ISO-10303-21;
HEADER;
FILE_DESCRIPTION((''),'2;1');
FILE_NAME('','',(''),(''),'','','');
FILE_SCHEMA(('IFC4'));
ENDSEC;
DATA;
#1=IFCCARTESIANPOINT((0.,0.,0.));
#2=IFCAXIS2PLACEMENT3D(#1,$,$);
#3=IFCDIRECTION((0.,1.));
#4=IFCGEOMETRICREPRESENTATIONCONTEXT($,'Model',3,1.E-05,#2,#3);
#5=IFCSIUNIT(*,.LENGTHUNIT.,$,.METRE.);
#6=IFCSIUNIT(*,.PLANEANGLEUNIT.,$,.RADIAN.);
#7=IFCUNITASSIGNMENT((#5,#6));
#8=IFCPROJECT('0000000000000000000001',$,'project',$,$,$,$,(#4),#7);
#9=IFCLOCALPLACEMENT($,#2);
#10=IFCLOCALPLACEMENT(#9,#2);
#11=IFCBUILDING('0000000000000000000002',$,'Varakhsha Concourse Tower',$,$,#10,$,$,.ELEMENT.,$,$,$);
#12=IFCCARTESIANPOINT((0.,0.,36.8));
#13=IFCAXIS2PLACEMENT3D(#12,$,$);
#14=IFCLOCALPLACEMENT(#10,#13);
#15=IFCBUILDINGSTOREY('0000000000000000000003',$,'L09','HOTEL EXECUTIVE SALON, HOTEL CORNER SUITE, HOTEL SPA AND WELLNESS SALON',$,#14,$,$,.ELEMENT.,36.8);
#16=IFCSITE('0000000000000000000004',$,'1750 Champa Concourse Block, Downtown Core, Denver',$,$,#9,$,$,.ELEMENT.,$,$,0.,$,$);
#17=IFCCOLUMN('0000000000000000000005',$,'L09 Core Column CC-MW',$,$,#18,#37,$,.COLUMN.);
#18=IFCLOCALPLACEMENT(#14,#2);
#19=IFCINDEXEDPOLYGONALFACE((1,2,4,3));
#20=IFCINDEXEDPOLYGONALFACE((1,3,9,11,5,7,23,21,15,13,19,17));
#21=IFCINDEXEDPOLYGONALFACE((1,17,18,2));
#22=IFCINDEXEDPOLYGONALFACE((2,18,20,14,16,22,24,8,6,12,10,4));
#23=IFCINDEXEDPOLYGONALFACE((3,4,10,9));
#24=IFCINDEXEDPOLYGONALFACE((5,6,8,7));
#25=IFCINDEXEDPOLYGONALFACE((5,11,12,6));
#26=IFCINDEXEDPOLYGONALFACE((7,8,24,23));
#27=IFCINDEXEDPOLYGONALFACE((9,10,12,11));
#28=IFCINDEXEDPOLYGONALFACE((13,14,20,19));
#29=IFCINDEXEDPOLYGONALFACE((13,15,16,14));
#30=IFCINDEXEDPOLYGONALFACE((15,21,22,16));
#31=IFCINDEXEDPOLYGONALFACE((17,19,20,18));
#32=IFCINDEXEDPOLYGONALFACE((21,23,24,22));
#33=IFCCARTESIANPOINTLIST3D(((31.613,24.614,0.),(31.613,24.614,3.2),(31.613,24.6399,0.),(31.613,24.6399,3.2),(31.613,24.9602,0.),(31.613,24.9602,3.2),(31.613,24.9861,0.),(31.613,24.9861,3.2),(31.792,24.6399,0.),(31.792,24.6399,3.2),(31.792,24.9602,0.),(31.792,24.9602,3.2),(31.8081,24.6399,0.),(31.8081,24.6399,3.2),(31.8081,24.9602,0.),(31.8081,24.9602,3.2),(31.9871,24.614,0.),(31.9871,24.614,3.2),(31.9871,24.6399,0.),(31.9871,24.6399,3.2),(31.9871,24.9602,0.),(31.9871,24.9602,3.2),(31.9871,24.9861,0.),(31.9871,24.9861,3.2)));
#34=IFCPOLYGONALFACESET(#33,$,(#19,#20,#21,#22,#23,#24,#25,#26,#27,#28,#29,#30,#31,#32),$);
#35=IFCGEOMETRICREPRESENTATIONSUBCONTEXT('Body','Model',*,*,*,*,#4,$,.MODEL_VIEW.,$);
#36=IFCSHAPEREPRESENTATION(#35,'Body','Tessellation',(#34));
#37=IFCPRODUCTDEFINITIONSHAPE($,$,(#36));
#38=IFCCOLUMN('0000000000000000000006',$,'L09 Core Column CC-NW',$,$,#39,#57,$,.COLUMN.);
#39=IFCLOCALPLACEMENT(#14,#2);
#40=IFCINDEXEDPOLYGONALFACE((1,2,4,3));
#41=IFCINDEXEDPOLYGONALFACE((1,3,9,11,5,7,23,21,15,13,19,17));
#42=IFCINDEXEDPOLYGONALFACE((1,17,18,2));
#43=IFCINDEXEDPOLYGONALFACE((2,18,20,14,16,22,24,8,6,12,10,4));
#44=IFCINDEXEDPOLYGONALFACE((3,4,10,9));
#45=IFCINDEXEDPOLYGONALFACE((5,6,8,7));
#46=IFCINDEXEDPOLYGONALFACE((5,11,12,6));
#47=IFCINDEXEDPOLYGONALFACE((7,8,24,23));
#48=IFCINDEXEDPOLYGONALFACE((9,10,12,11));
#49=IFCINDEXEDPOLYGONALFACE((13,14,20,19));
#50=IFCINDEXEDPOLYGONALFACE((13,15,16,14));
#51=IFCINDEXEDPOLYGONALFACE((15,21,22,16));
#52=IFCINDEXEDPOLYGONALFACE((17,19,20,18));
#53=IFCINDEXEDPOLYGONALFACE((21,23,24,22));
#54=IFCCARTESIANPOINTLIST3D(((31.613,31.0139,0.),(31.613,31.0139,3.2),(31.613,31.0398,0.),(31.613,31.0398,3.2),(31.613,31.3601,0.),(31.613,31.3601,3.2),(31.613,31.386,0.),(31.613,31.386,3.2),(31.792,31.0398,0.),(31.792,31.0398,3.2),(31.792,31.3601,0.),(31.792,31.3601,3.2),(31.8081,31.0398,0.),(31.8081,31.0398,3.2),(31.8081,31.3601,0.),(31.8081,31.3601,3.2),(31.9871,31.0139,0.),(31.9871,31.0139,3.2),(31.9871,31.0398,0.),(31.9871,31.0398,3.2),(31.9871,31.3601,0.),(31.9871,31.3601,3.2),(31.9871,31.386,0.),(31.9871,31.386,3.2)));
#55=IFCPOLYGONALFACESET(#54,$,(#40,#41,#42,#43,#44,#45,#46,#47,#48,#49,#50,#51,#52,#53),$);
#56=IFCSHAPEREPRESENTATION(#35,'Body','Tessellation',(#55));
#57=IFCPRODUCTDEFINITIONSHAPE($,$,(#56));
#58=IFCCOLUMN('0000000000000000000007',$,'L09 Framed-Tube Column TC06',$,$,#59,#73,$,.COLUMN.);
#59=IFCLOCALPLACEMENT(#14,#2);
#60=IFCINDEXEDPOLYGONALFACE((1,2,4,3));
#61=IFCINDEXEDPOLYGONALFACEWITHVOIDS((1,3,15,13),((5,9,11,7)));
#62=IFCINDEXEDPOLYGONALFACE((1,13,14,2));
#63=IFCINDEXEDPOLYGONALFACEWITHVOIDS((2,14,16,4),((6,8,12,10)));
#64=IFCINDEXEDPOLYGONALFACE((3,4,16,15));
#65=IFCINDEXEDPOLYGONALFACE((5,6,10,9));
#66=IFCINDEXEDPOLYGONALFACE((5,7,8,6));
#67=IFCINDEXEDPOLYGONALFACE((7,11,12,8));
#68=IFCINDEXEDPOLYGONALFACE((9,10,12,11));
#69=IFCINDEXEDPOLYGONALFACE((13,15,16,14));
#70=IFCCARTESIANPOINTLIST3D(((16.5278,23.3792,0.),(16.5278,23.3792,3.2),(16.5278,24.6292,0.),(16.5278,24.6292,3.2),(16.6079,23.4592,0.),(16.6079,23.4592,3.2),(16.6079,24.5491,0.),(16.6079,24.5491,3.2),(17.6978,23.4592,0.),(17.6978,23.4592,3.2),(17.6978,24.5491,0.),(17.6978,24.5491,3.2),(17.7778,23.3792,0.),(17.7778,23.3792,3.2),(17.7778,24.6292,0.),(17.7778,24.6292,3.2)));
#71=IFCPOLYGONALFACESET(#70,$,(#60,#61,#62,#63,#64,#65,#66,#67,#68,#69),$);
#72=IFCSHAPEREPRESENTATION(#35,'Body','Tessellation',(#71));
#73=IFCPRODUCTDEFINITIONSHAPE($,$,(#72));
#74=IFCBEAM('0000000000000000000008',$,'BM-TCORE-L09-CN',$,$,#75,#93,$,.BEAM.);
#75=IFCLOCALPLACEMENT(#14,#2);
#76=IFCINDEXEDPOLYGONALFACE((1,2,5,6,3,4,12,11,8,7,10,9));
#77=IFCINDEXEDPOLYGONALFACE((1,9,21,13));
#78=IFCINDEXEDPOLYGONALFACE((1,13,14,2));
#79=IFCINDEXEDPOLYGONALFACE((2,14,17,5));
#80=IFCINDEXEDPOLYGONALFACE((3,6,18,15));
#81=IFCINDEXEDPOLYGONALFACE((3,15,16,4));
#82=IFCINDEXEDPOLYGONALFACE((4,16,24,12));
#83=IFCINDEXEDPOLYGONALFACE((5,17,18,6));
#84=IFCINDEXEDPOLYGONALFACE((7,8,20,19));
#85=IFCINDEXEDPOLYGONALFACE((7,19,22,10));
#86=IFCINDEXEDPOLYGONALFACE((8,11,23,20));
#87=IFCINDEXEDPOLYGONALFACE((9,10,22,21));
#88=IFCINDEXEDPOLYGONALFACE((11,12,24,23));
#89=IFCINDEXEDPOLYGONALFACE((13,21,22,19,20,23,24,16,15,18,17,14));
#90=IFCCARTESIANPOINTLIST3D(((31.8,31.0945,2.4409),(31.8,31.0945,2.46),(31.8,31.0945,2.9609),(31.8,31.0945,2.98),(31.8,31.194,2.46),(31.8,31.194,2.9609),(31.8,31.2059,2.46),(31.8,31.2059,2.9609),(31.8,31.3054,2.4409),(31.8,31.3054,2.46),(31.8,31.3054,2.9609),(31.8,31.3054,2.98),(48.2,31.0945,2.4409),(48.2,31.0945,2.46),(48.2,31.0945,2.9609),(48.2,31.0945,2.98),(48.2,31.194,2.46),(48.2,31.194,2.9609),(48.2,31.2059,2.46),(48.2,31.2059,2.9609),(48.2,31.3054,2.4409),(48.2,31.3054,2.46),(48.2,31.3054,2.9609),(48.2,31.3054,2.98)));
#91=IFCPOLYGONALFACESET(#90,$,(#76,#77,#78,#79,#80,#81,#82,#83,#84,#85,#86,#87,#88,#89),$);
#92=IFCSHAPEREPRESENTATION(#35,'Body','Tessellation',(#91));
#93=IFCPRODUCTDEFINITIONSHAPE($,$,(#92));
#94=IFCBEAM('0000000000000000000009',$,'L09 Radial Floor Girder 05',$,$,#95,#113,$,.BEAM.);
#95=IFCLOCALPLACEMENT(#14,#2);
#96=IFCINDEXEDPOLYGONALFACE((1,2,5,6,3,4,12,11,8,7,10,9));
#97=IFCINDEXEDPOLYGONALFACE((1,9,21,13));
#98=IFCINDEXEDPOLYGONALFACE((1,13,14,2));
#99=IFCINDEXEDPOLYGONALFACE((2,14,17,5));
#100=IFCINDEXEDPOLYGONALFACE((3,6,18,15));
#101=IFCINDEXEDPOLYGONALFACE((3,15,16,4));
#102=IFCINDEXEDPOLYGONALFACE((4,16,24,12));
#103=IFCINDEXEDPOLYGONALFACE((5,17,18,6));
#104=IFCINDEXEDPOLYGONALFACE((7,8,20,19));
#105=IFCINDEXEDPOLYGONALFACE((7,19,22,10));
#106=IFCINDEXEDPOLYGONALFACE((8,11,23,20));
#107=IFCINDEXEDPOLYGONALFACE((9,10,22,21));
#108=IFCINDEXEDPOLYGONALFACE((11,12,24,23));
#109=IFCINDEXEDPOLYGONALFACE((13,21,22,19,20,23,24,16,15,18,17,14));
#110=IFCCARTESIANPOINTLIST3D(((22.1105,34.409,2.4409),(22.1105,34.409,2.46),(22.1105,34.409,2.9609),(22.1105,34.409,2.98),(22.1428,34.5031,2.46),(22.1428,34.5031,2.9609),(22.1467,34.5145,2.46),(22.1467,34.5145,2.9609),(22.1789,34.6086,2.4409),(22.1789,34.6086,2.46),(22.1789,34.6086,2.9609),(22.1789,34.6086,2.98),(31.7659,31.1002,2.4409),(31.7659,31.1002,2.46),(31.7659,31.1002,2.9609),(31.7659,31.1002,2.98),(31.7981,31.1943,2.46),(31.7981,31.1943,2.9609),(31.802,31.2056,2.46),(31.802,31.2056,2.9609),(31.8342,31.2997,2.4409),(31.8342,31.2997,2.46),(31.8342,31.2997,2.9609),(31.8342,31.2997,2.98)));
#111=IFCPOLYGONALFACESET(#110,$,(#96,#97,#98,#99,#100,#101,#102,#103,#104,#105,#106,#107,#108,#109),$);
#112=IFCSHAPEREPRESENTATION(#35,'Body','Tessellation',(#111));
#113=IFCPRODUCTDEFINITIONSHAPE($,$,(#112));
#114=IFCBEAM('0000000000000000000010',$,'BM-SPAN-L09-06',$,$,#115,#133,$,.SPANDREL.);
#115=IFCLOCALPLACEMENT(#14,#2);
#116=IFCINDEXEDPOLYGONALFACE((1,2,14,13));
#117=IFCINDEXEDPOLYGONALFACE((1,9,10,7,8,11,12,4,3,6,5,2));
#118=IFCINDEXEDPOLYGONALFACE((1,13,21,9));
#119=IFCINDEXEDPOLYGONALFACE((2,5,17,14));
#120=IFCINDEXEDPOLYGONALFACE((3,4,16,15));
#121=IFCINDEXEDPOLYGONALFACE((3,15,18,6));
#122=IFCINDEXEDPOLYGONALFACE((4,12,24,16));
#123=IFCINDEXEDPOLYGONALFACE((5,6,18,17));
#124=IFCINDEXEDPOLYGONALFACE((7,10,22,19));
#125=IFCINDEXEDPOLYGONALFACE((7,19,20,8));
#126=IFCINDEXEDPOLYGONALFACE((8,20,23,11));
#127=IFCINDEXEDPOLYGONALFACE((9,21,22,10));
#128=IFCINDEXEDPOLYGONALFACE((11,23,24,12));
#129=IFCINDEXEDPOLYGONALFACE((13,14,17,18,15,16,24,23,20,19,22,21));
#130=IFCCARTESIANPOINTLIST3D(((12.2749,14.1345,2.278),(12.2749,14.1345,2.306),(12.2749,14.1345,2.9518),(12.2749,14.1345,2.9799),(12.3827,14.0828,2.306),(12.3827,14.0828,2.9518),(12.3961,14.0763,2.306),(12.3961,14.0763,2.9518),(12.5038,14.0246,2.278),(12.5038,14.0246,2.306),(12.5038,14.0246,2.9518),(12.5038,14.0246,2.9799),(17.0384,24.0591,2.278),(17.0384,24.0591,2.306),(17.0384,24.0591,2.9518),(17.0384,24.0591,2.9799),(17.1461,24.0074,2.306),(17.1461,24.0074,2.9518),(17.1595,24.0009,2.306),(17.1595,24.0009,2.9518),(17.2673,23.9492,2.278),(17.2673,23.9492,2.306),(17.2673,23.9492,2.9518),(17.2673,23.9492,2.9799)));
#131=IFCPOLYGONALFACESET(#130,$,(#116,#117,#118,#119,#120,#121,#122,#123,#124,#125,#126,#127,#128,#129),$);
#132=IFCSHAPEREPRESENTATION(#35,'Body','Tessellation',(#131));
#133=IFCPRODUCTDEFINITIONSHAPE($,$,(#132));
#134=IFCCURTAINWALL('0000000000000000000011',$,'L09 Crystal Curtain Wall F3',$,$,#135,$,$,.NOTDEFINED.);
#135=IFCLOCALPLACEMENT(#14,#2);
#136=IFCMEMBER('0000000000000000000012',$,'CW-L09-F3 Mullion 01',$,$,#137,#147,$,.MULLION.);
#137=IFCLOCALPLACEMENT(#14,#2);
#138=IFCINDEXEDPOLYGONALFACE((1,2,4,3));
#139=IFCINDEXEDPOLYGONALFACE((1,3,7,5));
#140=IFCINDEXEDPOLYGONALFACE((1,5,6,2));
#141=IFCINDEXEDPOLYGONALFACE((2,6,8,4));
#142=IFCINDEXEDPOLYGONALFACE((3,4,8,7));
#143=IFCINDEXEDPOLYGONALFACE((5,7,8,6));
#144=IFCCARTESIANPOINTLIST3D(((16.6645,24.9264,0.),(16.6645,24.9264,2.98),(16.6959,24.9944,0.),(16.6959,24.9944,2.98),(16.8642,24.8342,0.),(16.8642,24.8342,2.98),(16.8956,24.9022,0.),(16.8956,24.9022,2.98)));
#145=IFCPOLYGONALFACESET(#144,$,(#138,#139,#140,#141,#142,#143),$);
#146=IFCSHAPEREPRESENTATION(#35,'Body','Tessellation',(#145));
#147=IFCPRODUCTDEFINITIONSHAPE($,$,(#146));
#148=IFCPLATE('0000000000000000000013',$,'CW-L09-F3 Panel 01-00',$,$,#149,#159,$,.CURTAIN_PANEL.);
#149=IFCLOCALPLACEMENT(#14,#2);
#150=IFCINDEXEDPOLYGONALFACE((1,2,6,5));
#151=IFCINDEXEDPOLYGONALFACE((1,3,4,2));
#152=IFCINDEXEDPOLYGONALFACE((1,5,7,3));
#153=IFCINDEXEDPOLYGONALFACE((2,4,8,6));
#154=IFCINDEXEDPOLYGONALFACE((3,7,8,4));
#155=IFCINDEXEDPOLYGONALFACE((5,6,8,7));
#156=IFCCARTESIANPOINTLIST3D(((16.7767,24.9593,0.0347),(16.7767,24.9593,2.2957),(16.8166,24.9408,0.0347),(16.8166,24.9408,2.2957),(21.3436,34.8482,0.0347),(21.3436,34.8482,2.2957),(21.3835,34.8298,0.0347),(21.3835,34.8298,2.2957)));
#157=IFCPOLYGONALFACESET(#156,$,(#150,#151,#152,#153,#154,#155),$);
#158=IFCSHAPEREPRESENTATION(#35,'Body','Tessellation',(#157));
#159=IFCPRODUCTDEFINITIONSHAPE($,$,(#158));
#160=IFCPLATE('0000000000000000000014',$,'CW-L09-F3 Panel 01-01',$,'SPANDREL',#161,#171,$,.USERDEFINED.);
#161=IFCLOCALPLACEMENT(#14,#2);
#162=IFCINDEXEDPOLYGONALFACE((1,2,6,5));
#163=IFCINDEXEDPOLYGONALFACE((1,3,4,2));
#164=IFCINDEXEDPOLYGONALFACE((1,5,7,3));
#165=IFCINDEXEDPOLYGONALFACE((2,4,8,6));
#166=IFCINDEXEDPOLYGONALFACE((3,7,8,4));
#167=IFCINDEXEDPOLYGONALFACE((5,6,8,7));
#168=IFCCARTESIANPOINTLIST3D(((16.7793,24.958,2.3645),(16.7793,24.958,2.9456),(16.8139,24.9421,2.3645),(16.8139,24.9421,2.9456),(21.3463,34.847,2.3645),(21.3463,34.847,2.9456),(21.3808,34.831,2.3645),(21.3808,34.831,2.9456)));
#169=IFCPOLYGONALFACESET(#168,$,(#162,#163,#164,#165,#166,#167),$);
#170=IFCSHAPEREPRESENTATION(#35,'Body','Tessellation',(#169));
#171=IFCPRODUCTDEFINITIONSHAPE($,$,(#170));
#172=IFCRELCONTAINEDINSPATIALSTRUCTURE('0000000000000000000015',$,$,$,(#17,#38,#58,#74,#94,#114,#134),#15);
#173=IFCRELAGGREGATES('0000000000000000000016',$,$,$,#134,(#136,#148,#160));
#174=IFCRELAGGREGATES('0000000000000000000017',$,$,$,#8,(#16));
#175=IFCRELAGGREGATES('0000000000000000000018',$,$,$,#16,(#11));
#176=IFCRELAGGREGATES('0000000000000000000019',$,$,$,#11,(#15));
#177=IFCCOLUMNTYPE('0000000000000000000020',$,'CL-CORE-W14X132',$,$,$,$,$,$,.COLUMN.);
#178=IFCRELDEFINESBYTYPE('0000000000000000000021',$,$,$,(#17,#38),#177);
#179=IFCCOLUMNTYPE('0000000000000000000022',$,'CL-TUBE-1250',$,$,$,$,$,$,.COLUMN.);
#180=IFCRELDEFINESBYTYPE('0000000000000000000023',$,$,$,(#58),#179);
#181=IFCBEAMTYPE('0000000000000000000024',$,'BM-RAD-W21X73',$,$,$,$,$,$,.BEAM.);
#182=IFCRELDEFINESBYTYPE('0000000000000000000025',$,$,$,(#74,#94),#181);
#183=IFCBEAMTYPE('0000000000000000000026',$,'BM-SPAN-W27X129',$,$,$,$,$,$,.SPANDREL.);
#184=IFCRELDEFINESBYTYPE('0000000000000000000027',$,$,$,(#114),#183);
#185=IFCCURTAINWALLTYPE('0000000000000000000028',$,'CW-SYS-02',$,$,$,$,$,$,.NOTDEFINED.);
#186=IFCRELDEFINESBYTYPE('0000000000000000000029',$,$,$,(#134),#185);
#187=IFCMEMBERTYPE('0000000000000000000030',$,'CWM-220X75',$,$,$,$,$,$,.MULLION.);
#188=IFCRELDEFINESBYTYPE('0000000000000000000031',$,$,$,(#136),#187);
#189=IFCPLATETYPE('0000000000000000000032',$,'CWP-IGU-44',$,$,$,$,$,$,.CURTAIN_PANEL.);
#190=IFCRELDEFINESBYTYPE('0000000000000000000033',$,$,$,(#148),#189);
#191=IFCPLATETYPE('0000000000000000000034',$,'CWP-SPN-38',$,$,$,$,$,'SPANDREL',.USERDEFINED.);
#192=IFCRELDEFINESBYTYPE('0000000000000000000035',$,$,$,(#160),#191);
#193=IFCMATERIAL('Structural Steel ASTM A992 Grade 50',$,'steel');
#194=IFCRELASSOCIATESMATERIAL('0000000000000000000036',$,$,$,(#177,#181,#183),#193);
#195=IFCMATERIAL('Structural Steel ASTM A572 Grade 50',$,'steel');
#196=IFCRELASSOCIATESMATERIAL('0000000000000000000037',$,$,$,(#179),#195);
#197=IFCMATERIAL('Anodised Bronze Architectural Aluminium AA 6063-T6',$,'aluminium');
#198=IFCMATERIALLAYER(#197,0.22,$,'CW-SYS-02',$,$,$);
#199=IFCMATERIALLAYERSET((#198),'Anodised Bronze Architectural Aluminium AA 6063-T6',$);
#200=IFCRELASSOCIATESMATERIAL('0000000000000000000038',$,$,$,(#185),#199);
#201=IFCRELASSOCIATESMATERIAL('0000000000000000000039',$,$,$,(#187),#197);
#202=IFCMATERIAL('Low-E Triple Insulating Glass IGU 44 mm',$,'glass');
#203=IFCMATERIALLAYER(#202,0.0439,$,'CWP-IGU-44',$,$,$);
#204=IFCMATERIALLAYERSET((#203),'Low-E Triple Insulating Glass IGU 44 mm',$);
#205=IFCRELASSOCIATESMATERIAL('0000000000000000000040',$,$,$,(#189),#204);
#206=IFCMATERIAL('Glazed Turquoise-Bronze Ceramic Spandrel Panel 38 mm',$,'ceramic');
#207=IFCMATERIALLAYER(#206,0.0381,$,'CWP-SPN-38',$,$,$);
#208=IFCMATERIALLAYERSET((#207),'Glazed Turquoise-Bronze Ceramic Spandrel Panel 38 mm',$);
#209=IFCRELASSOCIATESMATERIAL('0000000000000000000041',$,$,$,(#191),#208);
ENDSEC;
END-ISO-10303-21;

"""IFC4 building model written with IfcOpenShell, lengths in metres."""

from ifc_helpers import new_model, si_unit, direction, frame, origin, origin_2d, place, context, subcontext, project, spatial, rectangle, hollow_rectangle, i_section, extrude, source, transform, mapped, material, layer, layer_set, material_profile, profile_set, type_object, type_shapes, element, aggregate, save


model = new_model("IFC4")

# Units and contexts
model_context = context("Model", 3, precision=1e-05, world=origin(), true_north=direction((0.0, 1.0)))
body_context = subcontext(model_context, "Body", "Model", "MODEL_VIEW")
ifc_project = project(units=[si_unit("LENGTHUNIT", "METRE"), si_unit("PLANEANGLEUNIT", "RADIAN")], contexts=[model_context])

# Site, building, storey
site_placement = place(None, origin())
site = spatial("IfcSite", under=ifc_project, at=site_placement, Name="1750 Champa Concourse Block, Downtown Core, Denver", CompositionType="ELEMENT", RefElevation=0.0)
building_placement = place(site_placement, origin())
building = spatial("IfcBuilding", under=site, at=building_placement, Name="Varakhsha Concourse Tower", CompositionType="ELEMENT")
storey_placement = place(building_placement, frame((0.0, 0.0, 36.8)))
storey = spatial("IfcBuildingStorey", under=building, at=storey_placement, Name="L09", Description="HOTEL EXECUTIVE SALON, HOTEL CORNER SUITE, HOTEL SPA AND WELLNESS SALON", CompositionType="ELEMENT", Elevation=36.8)

# Columns
ifc_material_1 = material(Name="Structural Steel ASTM A992 Grade 50", Category="steel")
ifc_material_profile_1 = material_profile(ifc_material_1, i_section(OverallWidth=0.374, OverallDepth=0.3721, WebThickness=0.0161, FlangeThickness=0.0259, at=origin_2d()), Name="W14X132")
ifc_profile_set_1 = profile_set([ifc_material_profile_1], Name="Structural Steel ASTM A992 Grade 50")
column_type_1 = type_object("IfcColumnType", Name="CL-CORE-W14X132", PredefinedType="COLUMN", material=ifc_profile_set_1)
for number, where, z_axis, x_axis, name in (
    (1, (31.8, 24.8, 0.0), (0.0, 0.0, 1.0), (1.0, 0.0, 0.0), "L09 Core Column CC-MW"),
    (2, (31.8, 31.2, 0.0), (0.0, 0.0, 1.0), (1.0, 0.0, 0.0), "L09 Core Column CC-NW"),
):
    element("IfcColumn", number, at=place(storey_placement, frame(where, z_axis=z_axis, x_axis=x_axis)), inside=storey, type_object=column_type_1, Name=name, PredefinedType="COLUMN", context=body_context, shape_type="SweptSolid", body=[
        extrude(i_section(OverallWidth=0.374, OverallDepth=0.3721, WebThickness=0.0161, FlangeThickness=0.0259, at=origin_2d()), origin(), (0.0, 0.0, 1.0), 3.2),
    ])
ifc_material_2 = material(Name="Structural Steel ASTM A572 Grade 50", Category="steel")
ifc_material_profile_2 = material_profile(ifc_material_2, hollow_rectangle(XDim=1.25, YDim=1.25, WallThickness=0.0801, at=origin_2d()), Name="BOX 1250x1250x80")
ifc_profile_set_2 = profile_set([ifc_material_profile_2], Name="Structural Steel ASTM A572 Grade 50")
column_type_2 = type_object("IfcColumnType", Name="CL-TUBE-1250", PredefinedType="COLUMN", material=ifc_profile_set_2)
column_placement = place(storey_placement, frame((17.1528, 24.0042, 0.0), z_axis=(0.0, 0.0, 1.0), x_axis=(1.0, 0.0, 0.0)))
element("IfcColumn", 3, at=column_placement, inside=storey, type_object=column_type_2, Name="L09 Framed-Tube Column TC06", PredefinedType="COLUMN", context=body_context, shape_type="SweptSolid", body=[
    extrude(hollow_rectangle(XDim=1.25, YDim=1.25, WallThickness=0.0801, at=origin_2d()), origin(), (0.0, 0.0, 1.0), 3.2),
])

# Beams
ifc_material_profile_3 = material_profile(ifc_material_1, i_section(OverallWidth=0.2109, OverallDepth=0.5391, WebThickness=0.012, FlangeThickness=0.019, at=origin_2d()), Name="W21X73")
ifc_profile_set_3 = profile_set([ifc_material_profile_3], Name="Structural Steel ASTM A992 Grade 50")
beam_type_1 = type_object("IfcBeamType", Name="BM-RAD-W21X73", PredefinedType="BEAM", material=ifc_profile_set_3)
beam_1_placement = place(storey_placement, frame((31.8, 31.2, 2.7104), z_axis=(1.0, 0.0, 0.0), x_axis=(0.0, 1.0, 0.0)))
element("IfcBeam", 4, at=beam_1_placement, inside=storey, type_object=beam_type_1, Name="BM-TCORE-L09-CN", PredefinedType="BEAM", context=body_context, shape_type="SweptSolid", body=[
    extrude(i_section(OverallWidth=0.2109, OverallDepth=0.5391, WebThickness=0.012, FlangeThickness=0.019, at=origin_2d()), origin(), (0.0, 0.0, 1.0), 16.3999),
])
beam_2_placement = place(storey_placement, frame((31.8, 31.2, 2.7104), z_axis=(-0.945992, 0.324189, 0.0), x_axis=(-0.324189, -0.945992, 0.0)))
element("IfcBeam", 5, at=beam_2_placement, inside=storey, type_object=beam_type_1, Name="L09 Radial Floor Girder 05", PredefinedType="BEAM", context=body_context, shape_type="SweptSolid", body=[
    extrude(i_section(OverallWidth=0.2109, OverallDepth=0.5391, WebThickness=0.012, FlangeThickness=0.019, at=origin_2d()), origin(), (0.0, 0.0, 1.0), 10.2065),
])
ifc_material_profile_4 = material_profile(ifc_material_1, i_section(OverallWidth=0.2539, OverallDepth=0.7019, WebThickness=0.0149, FlangeThickness=0.0281, at=origin_2d()), Name="W27X129")
ifc_profile_set_4 = profile_set([ifc_material_profile_4], Name="Structural Steel ASTM A992 Grade 50")
beam_type_2 = type_object("IfcBeamType", Name="BM-SPAN-W27X129", PredefinedType="SPANDREL", material=ifc_profile_set_4)
beam_3_placement = place(storey_placement, frame((17.1528, 24.0042, 2.6289), z_axis=(-0.432704, -0.901536, 0.0), x_axis=(0.901536, -0.432704, 0.0)))
element("IfcBeam", 6, at=beam_3_placement, inside=storey, type_object=beam_type_2, Name="BM-SPAN-L09-06", PredefinedType="SPANDREL", context=body_context, shape_type="SweptSolid", body=[
    extrude(i_section(OverallWidth=0.2539, OverallDepth=0.7019, WebThickness=0.0149, FlangeThickness=0.0281, at=origin_2d()), origin(), (0.0, 0.0, 1.0), 11.0085),
])

# Curtain wall, member, plates
ifc_material_3 = material(Name="Anodised Bronze Architectural Aluminium AA 6063-T6", Category="aluminium")
ifc_layer_1 = layer(ifc_material_3, 0.22, Name="CW-SYS-02")
ifc_layer_set_1 = layer_set([ifc_layer_1], Name="Anodised Bronze Architectural Aluminium AA 6063-T6")
curtain_wall_type = type_object("IfcCurtainWallType", Name="CW-SYS-02", PredefinedType="NOTDEFINED", material=ifc_layer_set_1)
curtain_wall_placement = place(storey_placement, origin())
curtain_wall = element("IfcCurtainWall", 7, at=curtain_wall_placement, inside=storey, type_object=curtain_wall_type, Name="L09 Crystal Curtain Wall F3", PredefinedType="NOTDEFINED")
ifc_material_profile_5 = material_profile(ifc_material_3, rectangle(XDim=0.075, YDim=0.22, at=origin_2d()), Name="CWM-220X75")
ifc_profile_set_5 = profile_set([ifc_material_profile_5], Name="Anodised Bronze Architectural Aluminium AA 6063-T6")
member_type = type_object("IfcMemberType", Name="CWM-220X75", PredefinedType="MULLION", material=ifc_profile_set_5)
shared_shape_1 = source(origin(), body_context, "Body", "SweptSolid", [
    extrude(rectangle(XDim=0.075, YDim=0.22, at=origin_2d()), origin(), (0.0, 0.0, 1.0), 2.98),
])
type_shapes(member_type, [shared_shape_1])
member_placement = place(storey_placement, frame((16.78, 24.9143, 0.0), z_axis=(0.0, 0.0, 1.0), x_axis=(0.41927, 0.907862, 0.0)))
member = element("IfcMember", 8, at=member_placement, type_object=member_type, Name="CW-L09-F3 Mullion 01", PredefinedType="MULLION", context=body_context, shape_type="MappedRepresentation", body=[
    mapped(shared_shape_1, transform((0.0, 0.0, 0.0), scale=1.0)),
])
ifc_material_4 = material(Name="Low-E Triple Insulating Glass IGU 44 mm", Category="glass")
ifc_layer_2 = layer(ifc_material_4, 0.0439, Name="CWP-IGU-44")
ifc_layer_set_2 = layer_set([ifc_layer_2], Name="Low-E Triple Insulating Glass IGU 44 mm")
plate_type_1 = type_object("IfcPlateType", Name="CWP-IGU-44", PredefinedType="CURTAIN_PANEL", material=ifc_layer_set_2)
shared_shape_2 = source(origin(), body_context, "Body", "SweptSolid", [
    extrude(rectangle(XDim=10.8926, YDim=0.0439, at=origin_2d()), origin(), (0.0, 0.0, 1.0), 2.261),
])
type_shapes(plate_type_1, [shared_shape_2])
plate_1_placement = place(storey_placement, frame((19.0801, 29.8945, 0.0347), z_axis=(0.0, 0.0, 1.0), x_axis=(0.41927, 0.907862, 0.0)))
plate_1 = element("IfcPlate", 9, at=plate_1_placement, type_object=plate_type_1, Name="CW-L09-F3 Panel 01-00", PredefinedType="CURTAIN_PANEL", context=body_context, shape_type="MappedRepresentation", body=[
    mapped(shared_shape_2, transform((0.0, 0.0, 0.0), scale=1.0)),
])
ifc_material_5 = material(Name="Glazed Turquoise-Bronze Ceramic Spandrel Panel 38 mm", Category="ceramic")
ifc_layer_3 = layer(ifc_material_5, 0.0381, Name="CWP-SPN-38")
ifc_layer_set_3 = layer_set([ifc_layer_3], Name="Glazed Turquoise-Bronze Ceramic Spandrel Panel 38 mm")
plate_type_2 = type_object("IfcPlateType", Name="CWP-SPN-38", ElementType="SPANDREL", PredefinedType="USERDEFINED", material=ifc_layer_set_3)
shared_shape_3 = source(origin(), body_context, "Body", "SweptSolid", [
    extrude(rectangle(XDim=10.8926, YDim=0.0381, at=origin_2d()), origin(), (0.0, 0.0, 1.0), 0.5811),
])
type_shapes(plate_type_2, [shared_shape_3])
plate_2_placement = place(storey_placement, frame((19.0801, 29.8945, 2.3645), z_axis=(0.0, 0.0, 1.0), x_axis=(0.41927, 0.907862, 0.0)))
plate_2 = element("IfcPlate", 10, at=plate_2_placement, type_object=plate_type_2, Name="CW-L09-F3 Panel 01-01", ObjectType="SPANDREL", PredefinedType="USERDEFINED", context=body_context, shape_type="MappedRepresentation", body=[
    mapped(shared_shape_3, transform((0.0, 0.0, 0.0), scale=1.0)),
])
aggregate(curtain_wall, [member, plate_1, plate_2])

save(model, "model.ifc")
